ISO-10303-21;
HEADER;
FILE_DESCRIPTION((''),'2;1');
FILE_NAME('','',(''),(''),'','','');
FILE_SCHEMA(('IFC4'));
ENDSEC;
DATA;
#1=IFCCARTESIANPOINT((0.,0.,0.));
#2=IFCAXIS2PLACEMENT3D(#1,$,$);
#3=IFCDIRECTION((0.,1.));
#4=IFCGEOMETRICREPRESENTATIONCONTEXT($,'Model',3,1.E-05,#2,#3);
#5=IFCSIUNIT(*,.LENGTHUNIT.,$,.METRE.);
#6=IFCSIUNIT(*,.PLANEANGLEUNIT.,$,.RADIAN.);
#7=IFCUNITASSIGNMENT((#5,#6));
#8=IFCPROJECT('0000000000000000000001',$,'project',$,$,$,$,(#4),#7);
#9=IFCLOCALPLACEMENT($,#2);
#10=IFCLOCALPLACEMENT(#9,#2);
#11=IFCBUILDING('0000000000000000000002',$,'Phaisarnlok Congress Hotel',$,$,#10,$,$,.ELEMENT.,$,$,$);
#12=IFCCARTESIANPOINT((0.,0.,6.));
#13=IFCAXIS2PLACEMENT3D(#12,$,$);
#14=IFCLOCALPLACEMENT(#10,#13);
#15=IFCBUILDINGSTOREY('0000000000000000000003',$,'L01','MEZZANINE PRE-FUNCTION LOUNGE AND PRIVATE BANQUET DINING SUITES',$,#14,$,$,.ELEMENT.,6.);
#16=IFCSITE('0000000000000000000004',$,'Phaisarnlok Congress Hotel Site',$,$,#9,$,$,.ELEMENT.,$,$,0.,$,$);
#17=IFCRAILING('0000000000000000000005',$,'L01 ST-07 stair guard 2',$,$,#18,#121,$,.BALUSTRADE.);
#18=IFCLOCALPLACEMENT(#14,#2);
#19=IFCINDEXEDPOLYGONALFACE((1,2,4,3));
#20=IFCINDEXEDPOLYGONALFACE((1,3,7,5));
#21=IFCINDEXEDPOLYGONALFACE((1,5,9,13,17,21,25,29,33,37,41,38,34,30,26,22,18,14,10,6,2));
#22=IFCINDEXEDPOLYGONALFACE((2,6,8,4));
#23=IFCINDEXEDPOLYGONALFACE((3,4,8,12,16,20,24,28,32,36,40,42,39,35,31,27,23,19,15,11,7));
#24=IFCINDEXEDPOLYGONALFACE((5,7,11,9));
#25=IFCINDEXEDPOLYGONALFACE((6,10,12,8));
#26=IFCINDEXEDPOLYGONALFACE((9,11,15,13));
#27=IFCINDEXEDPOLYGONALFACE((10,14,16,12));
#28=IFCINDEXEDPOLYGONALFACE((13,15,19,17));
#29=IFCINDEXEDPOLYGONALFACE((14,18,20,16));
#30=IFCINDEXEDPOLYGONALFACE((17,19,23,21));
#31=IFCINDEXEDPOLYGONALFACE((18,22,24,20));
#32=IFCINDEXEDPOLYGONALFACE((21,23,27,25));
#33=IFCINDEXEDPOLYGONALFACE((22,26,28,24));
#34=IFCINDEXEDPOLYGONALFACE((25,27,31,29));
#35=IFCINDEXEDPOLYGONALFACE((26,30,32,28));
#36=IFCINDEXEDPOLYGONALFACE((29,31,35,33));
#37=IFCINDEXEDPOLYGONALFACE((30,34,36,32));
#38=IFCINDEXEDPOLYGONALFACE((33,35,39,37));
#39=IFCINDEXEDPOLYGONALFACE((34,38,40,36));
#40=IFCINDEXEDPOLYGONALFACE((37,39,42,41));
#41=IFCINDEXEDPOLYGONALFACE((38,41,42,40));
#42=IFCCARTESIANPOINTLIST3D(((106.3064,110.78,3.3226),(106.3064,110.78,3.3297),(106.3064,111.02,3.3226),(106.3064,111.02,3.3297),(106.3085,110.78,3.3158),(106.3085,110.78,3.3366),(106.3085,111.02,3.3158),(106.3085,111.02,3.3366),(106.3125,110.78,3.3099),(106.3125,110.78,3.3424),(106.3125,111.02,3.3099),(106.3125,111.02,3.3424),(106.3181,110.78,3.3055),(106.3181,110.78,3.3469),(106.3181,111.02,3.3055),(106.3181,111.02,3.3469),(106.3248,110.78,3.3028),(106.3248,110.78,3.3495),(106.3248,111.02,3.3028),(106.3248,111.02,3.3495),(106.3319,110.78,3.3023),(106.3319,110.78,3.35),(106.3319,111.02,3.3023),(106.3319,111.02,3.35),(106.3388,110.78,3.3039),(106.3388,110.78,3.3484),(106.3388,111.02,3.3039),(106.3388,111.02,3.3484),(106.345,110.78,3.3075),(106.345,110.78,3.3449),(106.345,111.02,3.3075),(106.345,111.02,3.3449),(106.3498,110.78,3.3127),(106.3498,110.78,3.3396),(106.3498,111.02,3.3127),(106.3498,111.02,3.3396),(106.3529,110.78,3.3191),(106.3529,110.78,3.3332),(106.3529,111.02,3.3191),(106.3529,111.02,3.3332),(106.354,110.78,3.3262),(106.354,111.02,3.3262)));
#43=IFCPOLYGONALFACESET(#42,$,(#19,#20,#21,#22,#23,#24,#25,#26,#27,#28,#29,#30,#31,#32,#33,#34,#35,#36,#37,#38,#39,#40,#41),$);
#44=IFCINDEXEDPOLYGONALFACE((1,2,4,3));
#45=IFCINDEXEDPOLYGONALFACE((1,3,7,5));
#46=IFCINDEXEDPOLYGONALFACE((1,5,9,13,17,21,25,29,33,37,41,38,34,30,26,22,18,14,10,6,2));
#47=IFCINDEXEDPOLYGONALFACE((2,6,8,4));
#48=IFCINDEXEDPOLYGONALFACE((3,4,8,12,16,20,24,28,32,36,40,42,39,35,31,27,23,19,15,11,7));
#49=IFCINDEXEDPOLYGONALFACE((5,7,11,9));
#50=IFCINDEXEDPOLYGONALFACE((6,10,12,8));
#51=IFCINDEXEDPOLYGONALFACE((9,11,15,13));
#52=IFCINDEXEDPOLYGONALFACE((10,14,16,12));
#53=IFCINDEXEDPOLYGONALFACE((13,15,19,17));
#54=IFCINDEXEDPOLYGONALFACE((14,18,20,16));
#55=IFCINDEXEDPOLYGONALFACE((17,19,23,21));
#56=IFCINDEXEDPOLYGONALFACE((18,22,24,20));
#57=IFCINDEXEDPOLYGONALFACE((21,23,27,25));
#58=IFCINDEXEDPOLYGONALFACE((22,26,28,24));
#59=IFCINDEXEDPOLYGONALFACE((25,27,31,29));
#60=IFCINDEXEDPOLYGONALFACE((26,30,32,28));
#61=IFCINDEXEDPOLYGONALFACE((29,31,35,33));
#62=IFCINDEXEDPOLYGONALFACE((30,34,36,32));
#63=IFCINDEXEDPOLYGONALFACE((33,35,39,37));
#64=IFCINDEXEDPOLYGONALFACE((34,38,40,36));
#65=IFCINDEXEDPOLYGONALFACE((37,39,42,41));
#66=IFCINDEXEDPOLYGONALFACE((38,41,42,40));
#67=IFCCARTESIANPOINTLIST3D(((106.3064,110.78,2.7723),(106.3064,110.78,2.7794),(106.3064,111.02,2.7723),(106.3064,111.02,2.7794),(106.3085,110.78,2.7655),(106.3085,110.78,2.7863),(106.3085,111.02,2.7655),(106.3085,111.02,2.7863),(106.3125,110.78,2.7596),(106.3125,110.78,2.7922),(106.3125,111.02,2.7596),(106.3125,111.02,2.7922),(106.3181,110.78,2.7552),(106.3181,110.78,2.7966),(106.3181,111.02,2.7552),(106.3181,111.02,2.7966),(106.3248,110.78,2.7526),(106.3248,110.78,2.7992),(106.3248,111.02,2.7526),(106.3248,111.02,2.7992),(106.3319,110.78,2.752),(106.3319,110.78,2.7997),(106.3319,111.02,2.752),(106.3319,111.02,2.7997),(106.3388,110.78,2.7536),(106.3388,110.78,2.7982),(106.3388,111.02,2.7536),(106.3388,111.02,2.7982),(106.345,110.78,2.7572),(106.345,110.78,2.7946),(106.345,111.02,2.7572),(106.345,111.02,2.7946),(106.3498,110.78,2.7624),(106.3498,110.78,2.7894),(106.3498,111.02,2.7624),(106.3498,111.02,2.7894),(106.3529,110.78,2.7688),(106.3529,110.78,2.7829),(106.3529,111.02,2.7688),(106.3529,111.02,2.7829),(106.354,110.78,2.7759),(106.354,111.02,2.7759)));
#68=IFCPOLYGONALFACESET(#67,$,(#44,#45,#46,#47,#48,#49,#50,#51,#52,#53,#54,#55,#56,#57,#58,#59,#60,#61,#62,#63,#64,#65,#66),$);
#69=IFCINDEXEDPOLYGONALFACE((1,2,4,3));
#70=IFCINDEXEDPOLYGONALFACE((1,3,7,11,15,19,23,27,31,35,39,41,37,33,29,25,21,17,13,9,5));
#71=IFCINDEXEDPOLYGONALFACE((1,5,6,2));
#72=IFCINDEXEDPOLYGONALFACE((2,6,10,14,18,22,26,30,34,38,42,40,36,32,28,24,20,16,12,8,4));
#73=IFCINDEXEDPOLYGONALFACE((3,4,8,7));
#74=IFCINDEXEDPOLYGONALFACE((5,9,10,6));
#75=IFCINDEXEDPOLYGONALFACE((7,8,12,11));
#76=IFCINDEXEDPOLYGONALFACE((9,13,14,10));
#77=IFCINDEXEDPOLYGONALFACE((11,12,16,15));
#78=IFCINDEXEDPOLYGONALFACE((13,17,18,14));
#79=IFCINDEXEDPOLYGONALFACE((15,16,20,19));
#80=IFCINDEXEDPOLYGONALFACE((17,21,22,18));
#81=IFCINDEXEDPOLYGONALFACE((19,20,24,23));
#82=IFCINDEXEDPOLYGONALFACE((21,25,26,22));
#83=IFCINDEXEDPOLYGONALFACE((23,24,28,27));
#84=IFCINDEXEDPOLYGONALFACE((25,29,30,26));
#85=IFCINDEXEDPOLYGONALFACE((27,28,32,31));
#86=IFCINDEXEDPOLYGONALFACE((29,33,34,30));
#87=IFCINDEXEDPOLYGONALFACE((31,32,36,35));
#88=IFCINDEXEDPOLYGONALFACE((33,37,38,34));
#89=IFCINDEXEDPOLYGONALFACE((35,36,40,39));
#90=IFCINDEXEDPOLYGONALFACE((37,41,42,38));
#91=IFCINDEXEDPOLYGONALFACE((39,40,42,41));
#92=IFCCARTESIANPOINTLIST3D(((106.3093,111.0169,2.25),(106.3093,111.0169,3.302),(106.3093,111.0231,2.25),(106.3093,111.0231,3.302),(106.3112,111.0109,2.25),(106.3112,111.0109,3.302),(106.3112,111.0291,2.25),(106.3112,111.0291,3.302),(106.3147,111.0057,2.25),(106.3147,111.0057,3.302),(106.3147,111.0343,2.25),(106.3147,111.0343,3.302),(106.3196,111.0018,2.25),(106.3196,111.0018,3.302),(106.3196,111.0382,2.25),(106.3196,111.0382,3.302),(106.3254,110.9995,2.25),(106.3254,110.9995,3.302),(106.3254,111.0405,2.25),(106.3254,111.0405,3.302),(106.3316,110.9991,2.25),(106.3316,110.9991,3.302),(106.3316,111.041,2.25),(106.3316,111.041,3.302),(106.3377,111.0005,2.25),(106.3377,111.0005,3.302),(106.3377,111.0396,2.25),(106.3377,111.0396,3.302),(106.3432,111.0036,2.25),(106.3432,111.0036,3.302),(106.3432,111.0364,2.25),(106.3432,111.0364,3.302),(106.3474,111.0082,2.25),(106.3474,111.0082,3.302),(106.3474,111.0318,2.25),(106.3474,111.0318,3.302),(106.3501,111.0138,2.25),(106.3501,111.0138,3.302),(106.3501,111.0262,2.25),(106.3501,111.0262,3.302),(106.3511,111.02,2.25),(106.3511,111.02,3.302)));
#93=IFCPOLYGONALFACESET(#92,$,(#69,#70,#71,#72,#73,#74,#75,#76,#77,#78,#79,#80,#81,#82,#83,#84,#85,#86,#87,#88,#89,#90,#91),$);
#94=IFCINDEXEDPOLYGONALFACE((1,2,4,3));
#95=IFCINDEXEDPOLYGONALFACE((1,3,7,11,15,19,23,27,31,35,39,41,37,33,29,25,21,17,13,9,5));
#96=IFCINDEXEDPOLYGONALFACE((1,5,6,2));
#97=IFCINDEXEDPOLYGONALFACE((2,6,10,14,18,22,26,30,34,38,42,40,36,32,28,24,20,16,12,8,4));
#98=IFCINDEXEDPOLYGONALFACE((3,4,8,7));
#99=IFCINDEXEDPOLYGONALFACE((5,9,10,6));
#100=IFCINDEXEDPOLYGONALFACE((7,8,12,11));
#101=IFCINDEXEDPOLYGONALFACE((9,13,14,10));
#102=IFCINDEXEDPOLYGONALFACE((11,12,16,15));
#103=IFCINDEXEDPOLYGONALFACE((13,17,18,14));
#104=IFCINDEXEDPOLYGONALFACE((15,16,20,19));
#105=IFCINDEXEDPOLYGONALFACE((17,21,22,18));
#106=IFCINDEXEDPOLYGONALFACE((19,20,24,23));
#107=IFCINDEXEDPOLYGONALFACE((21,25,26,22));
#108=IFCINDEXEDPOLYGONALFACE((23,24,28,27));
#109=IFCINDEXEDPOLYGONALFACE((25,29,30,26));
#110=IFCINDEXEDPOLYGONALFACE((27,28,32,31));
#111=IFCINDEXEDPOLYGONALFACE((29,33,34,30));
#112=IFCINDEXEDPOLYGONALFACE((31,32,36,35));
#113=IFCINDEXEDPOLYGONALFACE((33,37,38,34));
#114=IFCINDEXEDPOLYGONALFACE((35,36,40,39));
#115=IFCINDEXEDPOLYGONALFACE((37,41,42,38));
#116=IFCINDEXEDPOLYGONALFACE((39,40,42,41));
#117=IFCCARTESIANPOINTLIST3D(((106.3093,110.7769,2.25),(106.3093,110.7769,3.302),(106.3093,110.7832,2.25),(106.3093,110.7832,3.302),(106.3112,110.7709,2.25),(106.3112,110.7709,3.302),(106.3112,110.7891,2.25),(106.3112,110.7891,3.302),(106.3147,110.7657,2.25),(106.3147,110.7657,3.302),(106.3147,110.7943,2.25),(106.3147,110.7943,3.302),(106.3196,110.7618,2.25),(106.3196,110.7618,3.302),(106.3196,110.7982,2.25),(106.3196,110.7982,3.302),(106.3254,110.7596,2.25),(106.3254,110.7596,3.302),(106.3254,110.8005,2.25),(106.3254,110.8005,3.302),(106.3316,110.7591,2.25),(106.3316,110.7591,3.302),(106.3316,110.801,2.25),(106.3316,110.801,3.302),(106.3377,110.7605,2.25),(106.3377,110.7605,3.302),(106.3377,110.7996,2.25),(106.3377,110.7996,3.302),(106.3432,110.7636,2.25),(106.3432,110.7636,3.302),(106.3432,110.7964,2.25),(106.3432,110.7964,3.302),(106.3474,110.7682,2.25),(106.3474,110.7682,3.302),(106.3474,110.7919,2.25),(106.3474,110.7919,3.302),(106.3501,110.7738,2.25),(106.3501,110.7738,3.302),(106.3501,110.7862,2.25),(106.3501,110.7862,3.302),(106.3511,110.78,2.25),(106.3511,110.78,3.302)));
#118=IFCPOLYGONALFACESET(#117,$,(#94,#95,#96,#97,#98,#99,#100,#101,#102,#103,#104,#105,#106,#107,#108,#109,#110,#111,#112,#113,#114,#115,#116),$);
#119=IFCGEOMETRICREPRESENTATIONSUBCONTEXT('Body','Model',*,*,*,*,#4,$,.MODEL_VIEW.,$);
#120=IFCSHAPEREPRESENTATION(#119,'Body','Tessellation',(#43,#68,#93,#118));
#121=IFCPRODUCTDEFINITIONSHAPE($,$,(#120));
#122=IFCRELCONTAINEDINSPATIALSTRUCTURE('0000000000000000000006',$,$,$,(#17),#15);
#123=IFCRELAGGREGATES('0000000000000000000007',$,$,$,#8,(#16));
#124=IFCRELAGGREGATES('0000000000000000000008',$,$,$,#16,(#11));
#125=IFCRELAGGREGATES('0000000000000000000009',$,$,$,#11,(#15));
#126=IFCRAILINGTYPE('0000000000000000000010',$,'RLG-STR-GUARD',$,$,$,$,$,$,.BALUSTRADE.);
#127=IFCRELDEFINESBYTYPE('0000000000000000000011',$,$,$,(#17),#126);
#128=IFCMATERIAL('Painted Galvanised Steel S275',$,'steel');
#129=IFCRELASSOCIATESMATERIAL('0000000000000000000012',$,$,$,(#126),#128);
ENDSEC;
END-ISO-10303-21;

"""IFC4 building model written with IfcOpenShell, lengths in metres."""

from ifc_helpers import new_model, si_unit, direction, frame, origin, origin_2d, place, context, subcontext, project, spatial, circle, extrude, material, type_object, element, save


model = new_model("IFC4")

# Units and contexts
model_context = context("Model", 3, precision=1e-05, world=origin(), true_north=direction((0.0, 1.0)))
body_context = subcontext(model_context, "Body", "Model", "MODEL_VIEW")
ifc_project = project(units=[si_unit("LENGTHUNIT", "METRE"), si_unit("PLANEANGLEUNIT", "RADIAN")], contexts=[model_context])

# Site, building, storey
site_placement = place(None, origin())
site = spatial("IfcSite", under=ifc_project, at=site_placement, Name="Phaisarnlok Congress Hotel Site", CompositionType="ELEMENT", RefElevation=0.0)
building_placement = place(site_placement, origin())
building = spatial("IfcBuilding", under=site, at=building_placement, Name="Phaisarnlok Congress Hotel", CompositionType="ELEMENT")
storey_placement = place(building_placement, frame((0.0, 0.0, 6.0)))
storey = spatial("IfcBuildingStorey", under=building, at=storey_placement, Name="L01", Description="MEZZANINE PRE-FUNCTION LOUNGE AND PRIVATE BANQUET DINING SUITES", CompositionType="ELEMENT", Elevation=6.0)

# Railing
ifc_material_1 = material(Name="Painted Galvanised Steel S275", Category="steel")
railing_type_1 = type_object("IfcRailingType", Name="RLG-STR-GUARD", PredefinedType="BALUSTRADE", material=ifc_material_1)
railing_1_placement = place(storey_placement, frame((106.3301, 111.02, 2.25)))
element("IfcRailing", 1, at=railing_1_placement, inside=storey, type_object=railing_type_1, Name="L01 ST-07 stair guard 2", PredefinedType="BALUSTRADE", context=body_context, shape_type="SweptSolid", body=[
    extrude(circle(Radius=0.0239, at=origin_2d()), frame((0.0, 0.0, 1.0762), z_axis=(0.0, -1.0, 0.0), x_axis=(1.0, 0.0, 0.0)), (0.0, 0.0, 1.0), 0.24),
    extrude(circle(Radius=0.0239, at=origin_2d()), frame((0.0, 0.0, 0.5259), z_axis=(0.0, -1.0, 0.0), x_axis=(1.0, 0.0, 0.0)), (0.0, 0.0, 1.0), 0.24),
    extrude(circle(Radius=0.021, at=origin_2d()), origin(), (0.0, 0.0, 1.0), 1.052),
    extrude(circle(Radius=0.021, at=origin_2d()), frame((0.0, -0.24, 0.0)), (0.0, 0.0, 1.0), 1.052),
])

save(model, "model.ifc")
